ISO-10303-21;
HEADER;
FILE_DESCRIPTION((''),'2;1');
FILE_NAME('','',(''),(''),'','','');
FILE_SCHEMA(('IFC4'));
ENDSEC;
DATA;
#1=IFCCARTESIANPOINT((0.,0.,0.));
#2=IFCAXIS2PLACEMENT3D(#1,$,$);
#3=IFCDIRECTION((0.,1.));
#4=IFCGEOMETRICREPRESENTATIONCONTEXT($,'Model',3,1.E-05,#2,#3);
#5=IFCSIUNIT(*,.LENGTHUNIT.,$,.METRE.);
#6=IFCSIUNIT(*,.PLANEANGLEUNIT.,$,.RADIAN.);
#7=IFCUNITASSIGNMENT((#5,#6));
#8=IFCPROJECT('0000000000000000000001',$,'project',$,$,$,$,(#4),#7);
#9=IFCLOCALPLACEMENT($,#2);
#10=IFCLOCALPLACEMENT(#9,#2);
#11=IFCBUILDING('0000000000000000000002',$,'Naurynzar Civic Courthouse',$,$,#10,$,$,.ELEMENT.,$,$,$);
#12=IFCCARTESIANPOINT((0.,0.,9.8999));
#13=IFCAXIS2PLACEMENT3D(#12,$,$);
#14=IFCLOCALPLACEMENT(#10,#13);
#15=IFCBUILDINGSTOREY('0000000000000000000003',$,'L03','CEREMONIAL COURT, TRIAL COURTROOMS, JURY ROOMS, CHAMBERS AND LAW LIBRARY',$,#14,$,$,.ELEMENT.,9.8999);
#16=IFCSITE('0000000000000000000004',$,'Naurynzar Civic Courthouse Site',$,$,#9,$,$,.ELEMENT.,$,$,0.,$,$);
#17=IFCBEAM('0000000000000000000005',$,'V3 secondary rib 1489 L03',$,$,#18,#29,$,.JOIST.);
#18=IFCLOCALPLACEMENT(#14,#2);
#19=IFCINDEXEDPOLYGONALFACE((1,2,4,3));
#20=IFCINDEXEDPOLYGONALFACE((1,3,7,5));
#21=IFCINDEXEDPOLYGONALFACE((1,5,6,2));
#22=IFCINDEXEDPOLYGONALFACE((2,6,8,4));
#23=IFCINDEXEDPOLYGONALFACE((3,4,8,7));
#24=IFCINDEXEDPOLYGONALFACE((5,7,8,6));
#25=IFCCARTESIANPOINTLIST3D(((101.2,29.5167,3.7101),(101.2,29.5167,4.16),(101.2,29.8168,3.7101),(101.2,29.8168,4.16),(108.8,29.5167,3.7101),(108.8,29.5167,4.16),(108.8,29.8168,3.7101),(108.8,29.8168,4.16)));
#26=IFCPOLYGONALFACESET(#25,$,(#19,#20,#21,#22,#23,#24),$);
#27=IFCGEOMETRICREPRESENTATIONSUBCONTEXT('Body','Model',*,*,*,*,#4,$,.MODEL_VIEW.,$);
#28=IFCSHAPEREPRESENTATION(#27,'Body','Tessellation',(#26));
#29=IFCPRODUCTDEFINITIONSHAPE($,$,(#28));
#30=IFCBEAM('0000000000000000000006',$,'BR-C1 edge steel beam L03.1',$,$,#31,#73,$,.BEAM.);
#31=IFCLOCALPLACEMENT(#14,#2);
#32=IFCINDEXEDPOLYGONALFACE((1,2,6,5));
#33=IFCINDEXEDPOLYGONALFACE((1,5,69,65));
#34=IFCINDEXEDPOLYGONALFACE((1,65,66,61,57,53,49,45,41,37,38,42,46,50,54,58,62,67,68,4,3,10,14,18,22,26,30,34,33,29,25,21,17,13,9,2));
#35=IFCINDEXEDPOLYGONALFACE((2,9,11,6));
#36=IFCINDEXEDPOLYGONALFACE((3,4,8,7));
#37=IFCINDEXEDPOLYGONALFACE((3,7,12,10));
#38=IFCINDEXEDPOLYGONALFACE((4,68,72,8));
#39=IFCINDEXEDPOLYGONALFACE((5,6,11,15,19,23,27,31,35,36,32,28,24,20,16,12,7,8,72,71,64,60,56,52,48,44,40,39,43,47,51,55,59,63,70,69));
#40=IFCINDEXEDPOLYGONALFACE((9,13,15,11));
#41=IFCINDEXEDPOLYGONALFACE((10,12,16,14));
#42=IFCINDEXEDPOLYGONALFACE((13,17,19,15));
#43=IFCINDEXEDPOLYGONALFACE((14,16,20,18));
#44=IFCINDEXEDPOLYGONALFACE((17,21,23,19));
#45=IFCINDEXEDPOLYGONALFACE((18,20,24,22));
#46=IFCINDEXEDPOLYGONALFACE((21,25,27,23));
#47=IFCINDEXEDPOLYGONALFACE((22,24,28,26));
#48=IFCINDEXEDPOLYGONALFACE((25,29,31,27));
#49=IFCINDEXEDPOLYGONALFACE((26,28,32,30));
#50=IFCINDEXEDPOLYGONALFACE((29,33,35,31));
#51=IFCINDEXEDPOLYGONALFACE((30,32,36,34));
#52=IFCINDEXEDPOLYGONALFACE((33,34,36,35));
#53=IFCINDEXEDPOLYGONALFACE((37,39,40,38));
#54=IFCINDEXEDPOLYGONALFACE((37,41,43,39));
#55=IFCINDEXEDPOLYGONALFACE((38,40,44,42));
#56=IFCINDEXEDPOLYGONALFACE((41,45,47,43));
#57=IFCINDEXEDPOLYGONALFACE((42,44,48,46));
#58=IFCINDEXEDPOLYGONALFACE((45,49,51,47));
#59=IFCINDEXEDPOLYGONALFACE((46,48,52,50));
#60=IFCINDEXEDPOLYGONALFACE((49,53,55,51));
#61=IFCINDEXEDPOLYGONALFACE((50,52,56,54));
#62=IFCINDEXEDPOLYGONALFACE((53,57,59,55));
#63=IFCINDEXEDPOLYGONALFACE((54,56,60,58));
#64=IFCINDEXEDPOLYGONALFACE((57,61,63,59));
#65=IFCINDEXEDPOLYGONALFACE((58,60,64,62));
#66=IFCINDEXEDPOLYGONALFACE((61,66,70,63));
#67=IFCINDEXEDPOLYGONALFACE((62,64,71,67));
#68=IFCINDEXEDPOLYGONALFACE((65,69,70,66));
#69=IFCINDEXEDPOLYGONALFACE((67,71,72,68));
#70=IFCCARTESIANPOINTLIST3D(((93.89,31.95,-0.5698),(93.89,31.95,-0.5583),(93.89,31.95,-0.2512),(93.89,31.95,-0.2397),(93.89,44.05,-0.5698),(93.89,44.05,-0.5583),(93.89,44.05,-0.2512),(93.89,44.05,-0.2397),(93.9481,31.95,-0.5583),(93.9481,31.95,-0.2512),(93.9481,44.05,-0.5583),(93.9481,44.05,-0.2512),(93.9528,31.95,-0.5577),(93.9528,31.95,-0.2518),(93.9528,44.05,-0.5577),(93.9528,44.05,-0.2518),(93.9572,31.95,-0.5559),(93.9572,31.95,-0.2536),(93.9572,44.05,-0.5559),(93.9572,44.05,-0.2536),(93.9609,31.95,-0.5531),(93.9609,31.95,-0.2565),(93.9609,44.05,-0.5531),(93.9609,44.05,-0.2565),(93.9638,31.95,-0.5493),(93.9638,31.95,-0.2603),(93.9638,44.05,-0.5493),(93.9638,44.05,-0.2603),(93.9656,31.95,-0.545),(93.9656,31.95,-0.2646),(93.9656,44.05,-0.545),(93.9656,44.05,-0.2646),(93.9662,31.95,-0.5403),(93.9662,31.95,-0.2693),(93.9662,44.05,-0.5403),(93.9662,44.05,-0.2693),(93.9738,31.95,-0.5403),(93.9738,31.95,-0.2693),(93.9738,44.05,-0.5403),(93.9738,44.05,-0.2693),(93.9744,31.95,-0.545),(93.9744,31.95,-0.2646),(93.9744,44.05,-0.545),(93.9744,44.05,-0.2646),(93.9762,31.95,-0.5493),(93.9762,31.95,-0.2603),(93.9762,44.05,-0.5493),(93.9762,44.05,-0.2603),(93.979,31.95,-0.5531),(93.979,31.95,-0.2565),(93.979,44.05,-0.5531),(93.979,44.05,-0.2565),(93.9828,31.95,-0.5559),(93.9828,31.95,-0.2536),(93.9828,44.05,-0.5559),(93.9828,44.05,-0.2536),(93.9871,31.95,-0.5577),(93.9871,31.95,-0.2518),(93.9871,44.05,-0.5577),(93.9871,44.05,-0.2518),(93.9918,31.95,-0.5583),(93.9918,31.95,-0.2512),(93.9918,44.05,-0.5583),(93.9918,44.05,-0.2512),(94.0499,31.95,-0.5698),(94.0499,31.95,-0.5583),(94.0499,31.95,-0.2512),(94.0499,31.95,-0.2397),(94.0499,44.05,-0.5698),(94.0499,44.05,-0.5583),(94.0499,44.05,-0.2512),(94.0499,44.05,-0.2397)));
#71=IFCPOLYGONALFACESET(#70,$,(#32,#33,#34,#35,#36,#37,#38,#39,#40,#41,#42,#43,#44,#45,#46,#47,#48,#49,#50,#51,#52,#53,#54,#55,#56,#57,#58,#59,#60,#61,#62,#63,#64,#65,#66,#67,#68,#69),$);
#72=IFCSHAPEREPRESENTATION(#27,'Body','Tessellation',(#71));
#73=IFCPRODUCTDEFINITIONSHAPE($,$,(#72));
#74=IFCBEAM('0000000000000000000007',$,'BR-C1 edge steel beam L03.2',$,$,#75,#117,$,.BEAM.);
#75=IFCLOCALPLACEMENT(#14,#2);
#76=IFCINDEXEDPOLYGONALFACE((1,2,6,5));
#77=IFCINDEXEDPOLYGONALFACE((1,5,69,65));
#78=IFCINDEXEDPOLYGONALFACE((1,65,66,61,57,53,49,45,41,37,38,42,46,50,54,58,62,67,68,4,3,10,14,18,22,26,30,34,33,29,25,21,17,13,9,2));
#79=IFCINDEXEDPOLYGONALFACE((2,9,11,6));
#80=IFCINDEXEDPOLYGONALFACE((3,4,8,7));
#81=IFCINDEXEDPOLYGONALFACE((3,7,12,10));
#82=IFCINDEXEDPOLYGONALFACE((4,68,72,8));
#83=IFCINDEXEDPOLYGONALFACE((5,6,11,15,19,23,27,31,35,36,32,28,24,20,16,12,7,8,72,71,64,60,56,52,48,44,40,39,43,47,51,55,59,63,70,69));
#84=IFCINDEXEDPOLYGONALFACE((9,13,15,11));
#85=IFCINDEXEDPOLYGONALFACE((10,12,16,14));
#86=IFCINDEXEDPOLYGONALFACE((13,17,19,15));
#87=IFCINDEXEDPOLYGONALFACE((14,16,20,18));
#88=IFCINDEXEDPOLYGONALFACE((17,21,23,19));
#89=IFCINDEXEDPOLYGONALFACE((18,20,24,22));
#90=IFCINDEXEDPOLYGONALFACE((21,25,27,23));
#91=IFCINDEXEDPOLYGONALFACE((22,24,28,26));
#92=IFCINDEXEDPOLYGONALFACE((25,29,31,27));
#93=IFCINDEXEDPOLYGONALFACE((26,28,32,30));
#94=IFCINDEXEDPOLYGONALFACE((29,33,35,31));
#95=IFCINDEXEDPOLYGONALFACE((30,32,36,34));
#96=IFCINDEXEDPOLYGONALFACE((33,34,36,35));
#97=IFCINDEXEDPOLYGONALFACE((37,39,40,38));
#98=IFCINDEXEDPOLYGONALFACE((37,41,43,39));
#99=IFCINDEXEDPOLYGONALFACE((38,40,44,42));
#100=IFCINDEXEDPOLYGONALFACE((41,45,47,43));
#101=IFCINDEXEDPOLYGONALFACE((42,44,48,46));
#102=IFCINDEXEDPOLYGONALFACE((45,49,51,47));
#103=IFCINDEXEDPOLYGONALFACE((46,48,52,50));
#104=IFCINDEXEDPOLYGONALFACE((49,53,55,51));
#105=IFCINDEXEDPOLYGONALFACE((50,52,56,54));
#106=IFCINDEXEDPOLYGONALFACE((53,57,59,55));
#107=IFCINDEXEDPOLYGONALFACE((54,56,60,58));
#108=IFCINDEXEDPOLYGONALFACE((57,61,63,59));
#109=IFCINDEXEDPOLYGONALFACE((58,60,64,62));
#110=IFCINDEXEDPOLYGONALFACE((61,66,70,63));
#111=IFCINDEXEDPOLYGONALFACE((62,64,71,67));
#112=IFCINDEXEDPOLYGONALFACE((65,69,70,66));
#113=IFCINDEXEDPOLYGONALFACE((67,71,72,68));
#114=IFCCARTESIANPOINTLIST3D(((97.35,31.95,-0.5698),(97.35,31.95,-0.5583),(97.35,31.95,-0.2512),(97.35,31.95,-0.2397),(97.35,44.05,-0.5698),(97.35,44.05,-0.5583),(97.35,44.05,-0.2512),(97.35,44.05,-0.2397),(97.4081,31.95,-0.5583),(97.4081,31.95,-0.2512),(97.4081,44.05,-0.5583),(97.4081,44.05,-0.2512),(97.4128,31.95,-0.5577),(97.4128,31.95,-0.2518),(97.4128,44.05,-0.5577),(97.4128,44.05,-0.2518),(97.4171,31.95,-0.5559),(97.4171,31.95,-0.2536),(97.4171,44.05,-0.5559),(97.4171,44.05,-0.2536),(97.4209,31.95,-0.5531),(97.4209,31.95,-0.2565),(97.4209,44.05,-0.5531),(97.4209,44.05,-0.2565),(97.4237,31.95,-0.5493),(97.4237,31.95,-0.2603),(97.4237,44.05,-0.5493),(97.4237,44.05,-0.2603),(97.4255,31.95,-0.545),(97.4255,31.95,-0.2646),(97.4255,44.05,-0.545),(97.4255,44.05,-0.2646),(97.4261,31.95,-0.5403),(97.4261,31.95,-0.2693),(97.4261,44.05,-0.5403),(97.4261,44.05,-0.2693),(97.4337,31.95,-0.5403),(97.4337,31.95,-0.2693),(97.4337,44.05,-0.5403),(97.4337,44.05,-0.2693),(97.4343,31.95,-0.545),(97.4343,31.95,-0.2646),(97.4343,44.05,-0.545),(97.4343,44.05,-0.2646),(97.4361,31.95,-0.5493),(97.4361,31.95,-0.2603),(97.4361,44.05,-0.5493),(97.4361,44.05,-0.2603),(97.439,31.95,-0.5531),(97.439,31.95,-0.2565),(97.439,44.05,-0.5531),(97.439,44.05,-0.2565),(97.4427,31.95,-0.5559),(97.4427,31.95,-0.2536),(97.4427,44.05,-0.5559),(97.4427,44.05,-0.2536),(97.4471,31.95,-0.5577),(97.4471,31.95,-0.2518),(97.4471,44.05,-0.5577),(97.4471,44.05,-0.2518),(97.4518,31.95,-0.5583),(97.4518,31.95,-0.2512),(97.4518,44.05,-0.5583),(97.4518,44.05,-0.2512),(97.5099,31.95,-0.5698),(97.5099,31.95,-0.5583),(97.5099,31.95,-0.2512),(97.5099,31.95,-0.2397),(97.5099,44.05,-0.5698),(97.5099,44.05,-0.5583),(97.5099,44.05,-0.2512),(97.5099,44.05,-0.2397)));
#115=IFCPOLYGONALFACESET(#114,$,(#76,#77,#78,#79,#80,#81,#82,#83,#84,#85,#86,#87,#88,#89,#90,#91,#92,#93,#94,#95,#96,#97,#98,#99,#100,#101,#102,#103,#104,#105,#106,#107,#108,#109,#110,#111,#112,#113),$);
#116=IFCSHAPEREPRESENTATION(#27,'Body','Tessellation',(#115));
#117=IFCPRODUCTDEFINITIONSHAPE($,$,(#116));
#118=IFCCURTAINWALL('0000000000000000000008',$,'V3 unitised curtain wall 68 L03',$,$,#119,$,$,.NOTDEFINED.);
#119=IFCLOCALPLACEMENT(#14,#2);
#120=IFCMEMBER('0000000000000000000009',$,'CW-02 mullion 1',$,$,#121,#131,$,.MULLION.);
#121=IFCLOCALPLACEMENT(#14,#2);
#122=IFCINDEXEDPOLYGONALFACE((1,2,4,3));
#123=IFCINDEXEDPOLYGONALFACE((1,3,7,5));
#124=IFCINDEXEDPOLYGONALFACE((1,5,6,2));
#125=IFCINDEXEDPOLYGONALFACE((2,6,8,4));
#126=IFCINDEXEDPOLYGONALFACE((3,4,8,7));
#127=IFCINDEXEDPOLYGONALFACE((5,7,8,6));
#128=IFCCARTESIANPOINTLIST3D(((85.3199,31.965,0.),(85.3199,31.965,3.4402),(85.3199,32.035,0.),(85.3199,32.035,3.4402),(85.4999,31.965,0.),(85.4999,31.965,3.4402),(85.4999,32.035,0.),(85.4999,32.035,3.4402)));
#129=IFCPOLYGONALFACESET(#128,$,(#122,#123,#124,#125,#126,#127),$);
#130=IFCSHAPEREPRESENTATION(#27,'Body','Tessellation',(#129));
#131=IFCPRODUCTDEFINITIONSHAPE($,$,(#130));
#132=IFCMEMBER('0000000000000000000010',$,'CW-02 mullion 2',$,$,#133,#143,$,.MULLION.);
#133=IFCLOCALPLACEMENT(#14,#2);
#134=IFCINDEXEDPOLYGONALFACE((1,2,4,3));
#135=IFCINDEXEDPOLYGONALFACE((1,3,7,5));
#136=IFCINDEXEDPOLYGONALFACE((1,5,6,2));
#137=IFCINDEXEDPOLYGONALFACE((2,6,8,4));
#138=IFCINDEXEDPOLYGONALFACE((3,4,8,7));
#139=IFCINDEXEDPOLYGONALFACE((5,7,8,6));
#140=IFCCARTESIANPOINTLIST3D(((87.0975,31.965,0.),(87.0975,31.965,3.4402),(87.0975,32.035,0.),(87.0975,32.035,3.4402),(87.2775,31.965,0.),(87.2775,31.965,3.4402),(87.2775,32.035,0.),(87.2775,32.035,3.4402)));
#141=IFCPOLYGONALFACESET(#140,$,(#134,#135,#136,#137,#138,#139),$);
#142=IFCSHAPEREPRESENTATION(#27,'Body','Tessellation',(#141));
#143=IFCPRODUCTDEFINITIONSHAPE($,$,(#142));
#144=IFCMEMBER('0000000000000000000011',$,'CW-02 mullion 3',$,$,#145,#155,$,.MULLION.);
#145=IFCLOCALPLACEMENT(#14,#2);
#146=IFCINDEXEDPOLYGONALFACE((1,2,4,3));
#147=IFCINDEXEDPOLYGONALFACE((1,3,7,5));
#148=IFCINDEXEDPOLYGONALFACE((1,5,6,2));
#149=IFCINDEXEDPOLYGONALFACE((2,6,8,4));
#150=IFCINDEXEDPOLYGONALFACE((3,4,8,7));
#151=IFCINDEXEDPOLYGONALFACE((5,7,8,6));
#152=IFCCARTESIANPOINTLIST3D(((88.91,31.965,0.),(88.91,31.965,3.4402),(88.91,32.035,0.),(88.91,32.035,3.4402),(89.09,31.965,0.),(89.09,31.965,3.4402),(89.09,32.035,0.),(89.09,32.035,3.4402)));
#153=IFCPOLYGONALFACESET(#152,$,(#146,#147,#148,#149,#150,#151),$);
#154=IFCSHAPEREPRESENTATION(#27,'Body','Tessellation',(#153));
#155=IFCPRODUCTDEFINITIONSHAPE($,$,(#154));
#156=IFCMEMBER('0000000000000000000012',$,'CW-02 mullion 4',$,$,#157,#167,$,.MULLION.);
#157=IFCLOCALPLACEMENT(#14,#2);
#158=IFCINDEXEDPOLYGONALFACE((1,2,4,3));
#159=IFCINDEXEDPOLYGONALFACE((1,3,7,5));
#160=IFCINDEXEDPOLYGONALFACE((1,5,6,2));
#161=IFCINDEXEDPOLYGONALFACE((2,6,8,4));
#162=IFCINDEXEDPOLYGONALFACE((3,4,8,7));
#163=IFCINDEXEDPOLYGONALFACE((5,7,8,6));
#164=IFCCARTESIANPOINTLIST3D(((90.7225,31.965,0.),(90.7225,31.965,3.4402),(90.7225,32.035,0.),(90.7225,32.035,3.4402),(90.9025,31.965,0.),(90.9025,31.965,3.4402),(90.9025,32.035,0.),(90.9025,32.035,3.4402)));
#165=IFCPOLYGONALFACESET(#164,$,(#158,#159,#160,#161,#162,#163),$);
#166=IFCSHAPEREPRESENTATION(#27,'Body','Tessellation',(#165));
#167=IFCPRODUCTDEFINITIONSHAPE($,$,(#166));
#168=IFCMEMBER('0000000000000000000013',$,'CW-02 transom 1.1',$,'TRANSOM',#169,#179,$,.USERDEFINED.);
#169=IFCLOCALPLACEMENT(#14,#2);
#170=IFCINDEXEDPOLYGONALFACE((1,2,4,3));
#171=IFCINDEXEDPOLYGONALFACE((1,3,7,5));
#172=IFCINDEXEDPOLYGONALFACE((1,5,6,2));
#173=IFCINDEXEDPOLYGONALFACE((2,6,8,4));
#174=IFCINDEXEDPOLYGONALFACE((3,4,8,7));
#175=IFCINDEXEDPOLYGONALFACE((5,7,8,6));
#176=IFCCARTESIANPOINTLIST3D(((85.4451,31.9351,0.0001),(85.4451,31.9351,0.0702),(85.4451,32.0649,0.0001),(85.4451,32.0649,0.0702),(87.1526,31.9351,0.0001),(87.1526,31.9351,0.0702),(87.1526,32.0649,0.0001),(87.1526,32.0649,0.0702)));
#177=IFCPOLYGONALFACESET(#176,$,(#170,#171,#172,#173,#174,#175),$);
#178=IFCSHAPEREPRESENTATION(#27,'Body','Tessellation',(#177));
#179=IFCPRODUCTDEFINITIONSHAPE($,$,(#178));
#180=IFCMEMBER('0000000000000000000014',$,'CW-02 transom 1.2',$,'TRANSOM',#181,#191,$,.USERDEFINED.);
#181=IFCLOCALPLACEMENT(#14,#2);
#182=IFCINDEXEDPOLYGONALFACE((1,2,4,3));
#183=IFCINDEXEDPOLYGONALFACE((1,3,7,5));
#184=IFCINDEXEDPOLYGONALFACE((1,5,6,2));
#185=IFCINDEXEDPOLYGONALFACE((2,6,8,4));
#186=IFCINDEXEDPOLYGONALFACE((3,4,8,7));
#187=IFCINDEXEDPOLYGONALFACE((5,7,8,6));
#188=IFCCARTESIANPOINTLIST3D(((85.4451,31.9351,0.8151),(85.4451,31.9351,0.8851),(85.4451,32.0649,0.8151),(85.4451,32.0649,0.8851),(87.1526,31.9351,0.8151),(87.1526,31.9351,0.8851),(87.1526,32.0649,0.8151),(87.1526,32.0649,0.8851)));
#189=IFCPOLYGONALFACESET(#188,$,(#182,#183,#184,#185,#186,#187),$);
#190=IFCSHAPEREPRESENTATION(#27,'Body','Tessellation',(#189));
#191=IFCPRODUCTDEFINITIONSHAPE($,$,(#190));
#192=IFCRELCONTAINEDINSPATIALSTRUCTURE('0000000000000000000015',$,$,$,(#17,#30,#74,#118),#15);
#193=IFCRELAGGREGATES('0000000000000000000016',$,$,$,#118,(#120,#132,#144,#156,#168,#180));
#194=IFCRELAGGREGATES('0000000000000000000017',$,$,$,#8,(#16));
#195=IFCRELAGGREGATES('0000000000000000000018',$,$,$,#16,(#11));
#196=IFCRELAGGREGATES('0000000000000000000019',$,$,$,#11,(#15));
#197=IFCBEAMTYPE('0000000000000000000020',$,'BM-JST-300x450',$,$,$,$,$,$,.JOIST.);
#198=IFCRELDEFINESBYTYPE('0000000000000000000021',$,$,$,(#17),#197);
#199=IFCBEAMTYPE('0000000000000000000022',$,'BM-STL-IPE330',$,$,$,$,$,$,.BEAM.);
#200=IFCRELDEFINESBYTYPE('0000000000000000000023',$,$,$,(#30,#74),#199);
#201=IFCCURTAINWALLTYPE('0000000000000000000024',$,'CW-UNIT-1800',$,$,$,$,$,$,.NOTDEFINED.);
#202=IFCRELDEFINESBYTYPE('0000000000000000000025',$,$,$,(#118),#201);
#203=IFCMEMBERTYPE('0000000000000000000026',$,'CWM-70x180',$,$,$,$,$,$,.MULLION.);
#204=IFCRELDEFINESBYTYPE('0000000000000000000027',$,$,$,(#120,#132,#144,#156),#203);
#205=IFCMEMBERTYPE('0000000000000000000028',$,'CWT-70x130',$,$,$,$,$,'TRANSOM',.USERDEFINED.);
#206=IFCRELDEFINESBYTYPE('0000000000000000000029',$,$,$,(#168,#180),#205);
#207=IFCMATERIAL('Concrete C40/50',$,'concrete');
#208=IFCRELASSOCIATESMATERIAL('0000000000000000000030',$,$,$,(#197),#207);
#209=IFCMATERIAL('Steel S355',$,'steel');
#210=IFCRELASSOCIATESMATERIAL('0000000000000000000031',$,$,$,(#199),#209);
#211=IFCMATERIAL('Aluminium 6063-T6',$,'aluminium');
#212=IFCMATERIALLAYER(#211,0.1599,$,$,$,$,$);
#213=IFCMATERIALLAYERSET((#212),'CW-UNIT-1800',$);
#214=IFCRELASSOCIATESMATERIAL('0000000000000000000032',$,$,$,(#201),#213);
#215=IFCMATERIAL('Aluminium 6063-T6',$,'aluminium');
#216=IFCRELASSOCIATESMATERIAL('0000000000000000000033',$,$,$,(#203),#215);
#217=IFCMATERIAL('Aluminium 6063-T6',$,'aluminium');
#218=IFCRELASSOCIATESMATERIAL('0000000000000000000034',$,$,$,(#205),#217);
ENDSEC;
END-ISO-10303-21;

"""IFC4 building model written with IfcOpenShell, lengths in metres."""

from ifc_helpers import new_model, si_unit, direction, frame, origin, origin_2d, place, context, subcontext, project, spatial, rectangle, i_section, extrude, material, layer, layer_set, material_profile, profile_set, type_object, element, aggregate, save


model = new_model("IFC4")

# Units and contexts
model_context = context("Model", 3, precision=1e-05, world=origin(), true_north=direction((0.0, 1.0)))
body_context = subcontext(model_context, "Body", "Model", "MODEL_VIEW")
ifc_project = project(units=[si_unit("LENGTHUNIT", "METRE"), si_unit("PLANEANGLEUNIT", "RADIAN")], contexts=[model_context])

# Site, building, storey
site_placement = place(None, origin())
site = spatial("IfcSite", under=ifc_project, at=site_placement, Name="Naurynzar Civic Courthouse Site", CompositionType="ELEMENT", RefElevation=0.0)
building_placement = place(site_placement, origin())
building = spatial("IfcBuilding", under=site, at=building_placement, Name="Naurynzar Civic Courthouse", CompositionType="ELEMENT")
storey_placement = place(building_placement, frame((0.0, 0.0, 9.8999)))
storey = spatial("IfcBuildingStorey", under=building, at=storey_placement, Name="L03", Description="CEREMONIAL COURT, TRIAL COURTROOMS, JURY ROOMS, CHAMBERS AND LAW LIBRARY", CompositionType="ELEMENT", Elevation=9.8999)

# Beams
ifc_material_1 = material(Name="Concrete C40/50", Category="concrete")
ifc_material_profile_1 = material_profile(ifc_material_1, rectangle(XDim=0.3, YDim=0.45, at=origin_2d()), Name="RCJ 300x450")
ifc_profile_set_1 = profile_set([ifc_material_profile_1], Name="Concrete C40/50")
beam_type_1 = type_object("IfcBeamType", Name="BM-JST-300x450", PredefinedType="JOIST", material=ifc_profile_set_1)
beam_placement = place(storey_placement, frame((101.2, 29.6667, 3.9351), z_axis=(1.0, 0.0, 0.0), x_axis=(0.0, 1.0, 0.0)))
element("IfcBeam", 1, at=beam_placement, inside=storey, type_object=beam_type_1, Name="V3 secondary rib 1489 L03", PredefinedType="JOIST", context=body_context, shape_type="SweptSolid", body=[
    extrude(rectangle(XDim=0.3, YDim=0.45, at=origin_2d()), origin(), (0.0, 0.0, 1.0), 7.6001),
])
ifc_material_2 = material(Name="Steel S355", Category="steel")
ifc_material_profile_2 = material_profile(ifc_material_2, i_section(OverallWidth=0.1599, OverallDepth=0.3301, WebThickness=0.0076, FlangeThickness=0.0115, FilletRadius=0.0181, at=origin_2d()), Name="IPE 330")
ifc_profile_set_2 = profile_set([ifc_material_profile_2], Name="Steel S355")
beam_type_2 = type_object("IfcBeamType", Name="BM-STL-IPE330", PredefinedType="BEAM", material=ifc_profile_set_2)
for number, where, z_axis, x_axis, name in (
    (2, (93.97, 31.95, -0.4048), (0.0, 1.0, 0.0), (-1.0, 0.0, 0.0), "BR-C1 edge steel beam L03.1"),
    (3, (97.4299, 31.95, -0.4048), (0.0, 1.0, 0.0), (-1.0, 0.0, 0.0), "BR-C1 edge steel beam L03.2"),
):
    element("IfcBeam", number, at=place(storey_placement, frame(where, z_axis=z_axis, x_axis=x_axis)), inside=storey, type_object=beam_type_2, Name=name, PredefinedType="BEAM", context=body_context, shape_type="SweptSolid", body=[
        extrude(i_section(OverallWidth=0.1599, OverallDepth=0.3301, WebThickness=0.0076, FlangeThickness=0.0115, FilletRadius=0.0181, at=origin_2d()), origin(), (0.0, 0.0, 1.0), 12.1001),
    ])

# Curtain wall, members
ifc_material_3 = material(Name="Aluminium 6063-T6", Category="aluminium")
ifc_layer_1 = layer(ifc_material_3, 0.1599)
ifc_layer_set_1 = layer_set([ifc_layer_1], Name="CW-UNIT-1800")
curtain_wall_type = type_object("IfcCurtainWallType", Name="CW-UNIT-1800", PredefinedType="NOTDEFINED", material=ifc_layer_set_1)
curtain_wall_placement = place(storey_placement, origin())
curtain_wall = element("IfcCurtainWall", 4, at=curtain_wall_placement, inside=storey, type_object=curtain_wall_type, Name="V3 unitised curtain wall 68 L03", PredefinedType="NOTDEFINED")
ifc_material_4 = material(Name="Aluminium 6063-T6", Category="aluminium")
ifc_material_profile_3 = material_profile(ifc_material_4, rectangle(XDim=0.0701, YDim=0.1799, at=origin_2d()), Name="ALU MULLION 70x180")
ifc_profile_set_3 = profile_set([ifc_material_profile_3], Name="Aluminium 6063-T6")
member_type_1 = type_object("IfcMemberType", Name="CWM-70x180", PredefinedType="MULLION", material=ifc_profile_set_3)
member_1_placement = place(storey_placement, frame((85.4099, 32.0, 0.0), z_axis=(0.0, 0.0, 1.0), x_axis=(0.0, 1.0, 0.0)))
member_1 = element("IfcMember", 5, at=member_1_placement, type_object=member_type_1, Name="CW-02 mullion 1", PredefinedType="MULLION", context=body_context, shape_type="SweptSolid", body=[
    extrude(rectangle(XDim=0.0701, YDim=0.1799, at=origin_2d()), origin(), (0.0, 0.0, 1.0), 3.4402),
])
member_2_placement = place(storey_placement, frame((87.1875, 32.0, 0.0), z_axis=(0.0, 0.0, 1.0), x_axis=(0.0, 1.0, 0.0)))
member_2 = element("IfcMember", 6, at=member_2_placement, type_object=member_type_1, Name="CW-02 mullion 2", PredefinedType="MULLION", context=body_context, shape_type="SweptSolid", body=[
    extrude(rectangle(XDim=0.0701, YDim=0.1799, at=origin_2d()), origin(), (0.0, 0.0, 1.0), 3.4402),
])
member_3_placement = place(storey_placement, frame((89.0, 32.0, 0.0), z_axis=(0.0, 0.0, 1.0), x_axis=(0.0, 1.0, 0.0)))
member_3 = element("IfcMember", 7, at=member_3_placement, type_object=member_type_1, Name="CW-02 mullion 3", PredefinedType="MULLION", context=body_context, shape_type="SweptSolid", body=[
    extrude(rectangle(XDim=0.0701, YDim=0.1799, at=origin_2d()), origin(), (0.0, 0.0, 1.0), 3.4402),
])
member_4_placement = place(storey_placement, frame((90.8125, 32.0, 0.0), z_axis=(0.0, 0.0, 1.0), x_axis=(0.0, 1.0, 0.0)))
member_4 = element("IfcMember", 8, at=member_4_placement, type_object=member_type_1, Name="CW-02 mullion 4", PredefinedType="MULLION", context=body_context, shape_type="SweptSolid", body=[
    extrude(rectangle(XDim=0.0701, YDim=0.1799, at=origin_2d()), origin(), (0.0, 0.0, 1.0), 3.4402),
])
ifc_material_5 = material(Name="Aluminium 6063-T6", Category="aluminium")
ifc_material_profile_4 = material_profile(ifc_material_5, rectangle(XDim=0.1299, YDim=0.0701, at=origin_2d()), Name="ALU TRANSOM 70x130")
ifc_profile_set_4 = profile_set([ifc_material_profile_4], Name="Aluminium 6063-T6")
member_type_2 = type_object("IfcMemberType", Name="CWT-70x130", ElementType="TRANSOM", PredefinedType="USERDEFINED", material=ifc_profile_set_4)
member_5_placement = place(storey_placement, frame((85.4451, 32.0, 0.0352), z_axis=(1.0, 0.0, 0.0), x_axis=(0.0, 1.0, 0.0)))
member_5 = element("IfcMember", 9, at=member_5_placement, type_object=member_type_2, Name="CW-02 transom 1.1", ObjectType="TRANSOM", PredefinedType="USERDEFINED", context=body_context, shape_type="SweptSolid", body=[
    extrude(rectangle(XDim=0.1299, YDim=0.0701, at=origin_2d()), origin(), (0.0, 0.0, 1.0), 1.7075),
])
member_6_placement = place(storey_placement, frame((85.4451, 32.0, 0.8501), z_axis=(1.0, 0.0, 0.0), x_axis=(0.0, 1.0, 0.0)))
member_6 = element("IfcMember", 10, at=member_6_placement, type_object=member_type_2, Name="CW-02 transom 1.2", ObjectType="TRANSOM", PredefinedType="USERDEFINED", context=body_context, shape_type="SweptSolid", body=[
    extrude(rectangle(XDim=0.1299, YDim=0.0701, at=origin_2d()), origin(), (0.0, 0.0, 1.0), 1.7075),
])
aggregate(curtain_wall, [member_1, member_2, member_3, member_4, member_5, member_6])

save(model, "model.ifc")
